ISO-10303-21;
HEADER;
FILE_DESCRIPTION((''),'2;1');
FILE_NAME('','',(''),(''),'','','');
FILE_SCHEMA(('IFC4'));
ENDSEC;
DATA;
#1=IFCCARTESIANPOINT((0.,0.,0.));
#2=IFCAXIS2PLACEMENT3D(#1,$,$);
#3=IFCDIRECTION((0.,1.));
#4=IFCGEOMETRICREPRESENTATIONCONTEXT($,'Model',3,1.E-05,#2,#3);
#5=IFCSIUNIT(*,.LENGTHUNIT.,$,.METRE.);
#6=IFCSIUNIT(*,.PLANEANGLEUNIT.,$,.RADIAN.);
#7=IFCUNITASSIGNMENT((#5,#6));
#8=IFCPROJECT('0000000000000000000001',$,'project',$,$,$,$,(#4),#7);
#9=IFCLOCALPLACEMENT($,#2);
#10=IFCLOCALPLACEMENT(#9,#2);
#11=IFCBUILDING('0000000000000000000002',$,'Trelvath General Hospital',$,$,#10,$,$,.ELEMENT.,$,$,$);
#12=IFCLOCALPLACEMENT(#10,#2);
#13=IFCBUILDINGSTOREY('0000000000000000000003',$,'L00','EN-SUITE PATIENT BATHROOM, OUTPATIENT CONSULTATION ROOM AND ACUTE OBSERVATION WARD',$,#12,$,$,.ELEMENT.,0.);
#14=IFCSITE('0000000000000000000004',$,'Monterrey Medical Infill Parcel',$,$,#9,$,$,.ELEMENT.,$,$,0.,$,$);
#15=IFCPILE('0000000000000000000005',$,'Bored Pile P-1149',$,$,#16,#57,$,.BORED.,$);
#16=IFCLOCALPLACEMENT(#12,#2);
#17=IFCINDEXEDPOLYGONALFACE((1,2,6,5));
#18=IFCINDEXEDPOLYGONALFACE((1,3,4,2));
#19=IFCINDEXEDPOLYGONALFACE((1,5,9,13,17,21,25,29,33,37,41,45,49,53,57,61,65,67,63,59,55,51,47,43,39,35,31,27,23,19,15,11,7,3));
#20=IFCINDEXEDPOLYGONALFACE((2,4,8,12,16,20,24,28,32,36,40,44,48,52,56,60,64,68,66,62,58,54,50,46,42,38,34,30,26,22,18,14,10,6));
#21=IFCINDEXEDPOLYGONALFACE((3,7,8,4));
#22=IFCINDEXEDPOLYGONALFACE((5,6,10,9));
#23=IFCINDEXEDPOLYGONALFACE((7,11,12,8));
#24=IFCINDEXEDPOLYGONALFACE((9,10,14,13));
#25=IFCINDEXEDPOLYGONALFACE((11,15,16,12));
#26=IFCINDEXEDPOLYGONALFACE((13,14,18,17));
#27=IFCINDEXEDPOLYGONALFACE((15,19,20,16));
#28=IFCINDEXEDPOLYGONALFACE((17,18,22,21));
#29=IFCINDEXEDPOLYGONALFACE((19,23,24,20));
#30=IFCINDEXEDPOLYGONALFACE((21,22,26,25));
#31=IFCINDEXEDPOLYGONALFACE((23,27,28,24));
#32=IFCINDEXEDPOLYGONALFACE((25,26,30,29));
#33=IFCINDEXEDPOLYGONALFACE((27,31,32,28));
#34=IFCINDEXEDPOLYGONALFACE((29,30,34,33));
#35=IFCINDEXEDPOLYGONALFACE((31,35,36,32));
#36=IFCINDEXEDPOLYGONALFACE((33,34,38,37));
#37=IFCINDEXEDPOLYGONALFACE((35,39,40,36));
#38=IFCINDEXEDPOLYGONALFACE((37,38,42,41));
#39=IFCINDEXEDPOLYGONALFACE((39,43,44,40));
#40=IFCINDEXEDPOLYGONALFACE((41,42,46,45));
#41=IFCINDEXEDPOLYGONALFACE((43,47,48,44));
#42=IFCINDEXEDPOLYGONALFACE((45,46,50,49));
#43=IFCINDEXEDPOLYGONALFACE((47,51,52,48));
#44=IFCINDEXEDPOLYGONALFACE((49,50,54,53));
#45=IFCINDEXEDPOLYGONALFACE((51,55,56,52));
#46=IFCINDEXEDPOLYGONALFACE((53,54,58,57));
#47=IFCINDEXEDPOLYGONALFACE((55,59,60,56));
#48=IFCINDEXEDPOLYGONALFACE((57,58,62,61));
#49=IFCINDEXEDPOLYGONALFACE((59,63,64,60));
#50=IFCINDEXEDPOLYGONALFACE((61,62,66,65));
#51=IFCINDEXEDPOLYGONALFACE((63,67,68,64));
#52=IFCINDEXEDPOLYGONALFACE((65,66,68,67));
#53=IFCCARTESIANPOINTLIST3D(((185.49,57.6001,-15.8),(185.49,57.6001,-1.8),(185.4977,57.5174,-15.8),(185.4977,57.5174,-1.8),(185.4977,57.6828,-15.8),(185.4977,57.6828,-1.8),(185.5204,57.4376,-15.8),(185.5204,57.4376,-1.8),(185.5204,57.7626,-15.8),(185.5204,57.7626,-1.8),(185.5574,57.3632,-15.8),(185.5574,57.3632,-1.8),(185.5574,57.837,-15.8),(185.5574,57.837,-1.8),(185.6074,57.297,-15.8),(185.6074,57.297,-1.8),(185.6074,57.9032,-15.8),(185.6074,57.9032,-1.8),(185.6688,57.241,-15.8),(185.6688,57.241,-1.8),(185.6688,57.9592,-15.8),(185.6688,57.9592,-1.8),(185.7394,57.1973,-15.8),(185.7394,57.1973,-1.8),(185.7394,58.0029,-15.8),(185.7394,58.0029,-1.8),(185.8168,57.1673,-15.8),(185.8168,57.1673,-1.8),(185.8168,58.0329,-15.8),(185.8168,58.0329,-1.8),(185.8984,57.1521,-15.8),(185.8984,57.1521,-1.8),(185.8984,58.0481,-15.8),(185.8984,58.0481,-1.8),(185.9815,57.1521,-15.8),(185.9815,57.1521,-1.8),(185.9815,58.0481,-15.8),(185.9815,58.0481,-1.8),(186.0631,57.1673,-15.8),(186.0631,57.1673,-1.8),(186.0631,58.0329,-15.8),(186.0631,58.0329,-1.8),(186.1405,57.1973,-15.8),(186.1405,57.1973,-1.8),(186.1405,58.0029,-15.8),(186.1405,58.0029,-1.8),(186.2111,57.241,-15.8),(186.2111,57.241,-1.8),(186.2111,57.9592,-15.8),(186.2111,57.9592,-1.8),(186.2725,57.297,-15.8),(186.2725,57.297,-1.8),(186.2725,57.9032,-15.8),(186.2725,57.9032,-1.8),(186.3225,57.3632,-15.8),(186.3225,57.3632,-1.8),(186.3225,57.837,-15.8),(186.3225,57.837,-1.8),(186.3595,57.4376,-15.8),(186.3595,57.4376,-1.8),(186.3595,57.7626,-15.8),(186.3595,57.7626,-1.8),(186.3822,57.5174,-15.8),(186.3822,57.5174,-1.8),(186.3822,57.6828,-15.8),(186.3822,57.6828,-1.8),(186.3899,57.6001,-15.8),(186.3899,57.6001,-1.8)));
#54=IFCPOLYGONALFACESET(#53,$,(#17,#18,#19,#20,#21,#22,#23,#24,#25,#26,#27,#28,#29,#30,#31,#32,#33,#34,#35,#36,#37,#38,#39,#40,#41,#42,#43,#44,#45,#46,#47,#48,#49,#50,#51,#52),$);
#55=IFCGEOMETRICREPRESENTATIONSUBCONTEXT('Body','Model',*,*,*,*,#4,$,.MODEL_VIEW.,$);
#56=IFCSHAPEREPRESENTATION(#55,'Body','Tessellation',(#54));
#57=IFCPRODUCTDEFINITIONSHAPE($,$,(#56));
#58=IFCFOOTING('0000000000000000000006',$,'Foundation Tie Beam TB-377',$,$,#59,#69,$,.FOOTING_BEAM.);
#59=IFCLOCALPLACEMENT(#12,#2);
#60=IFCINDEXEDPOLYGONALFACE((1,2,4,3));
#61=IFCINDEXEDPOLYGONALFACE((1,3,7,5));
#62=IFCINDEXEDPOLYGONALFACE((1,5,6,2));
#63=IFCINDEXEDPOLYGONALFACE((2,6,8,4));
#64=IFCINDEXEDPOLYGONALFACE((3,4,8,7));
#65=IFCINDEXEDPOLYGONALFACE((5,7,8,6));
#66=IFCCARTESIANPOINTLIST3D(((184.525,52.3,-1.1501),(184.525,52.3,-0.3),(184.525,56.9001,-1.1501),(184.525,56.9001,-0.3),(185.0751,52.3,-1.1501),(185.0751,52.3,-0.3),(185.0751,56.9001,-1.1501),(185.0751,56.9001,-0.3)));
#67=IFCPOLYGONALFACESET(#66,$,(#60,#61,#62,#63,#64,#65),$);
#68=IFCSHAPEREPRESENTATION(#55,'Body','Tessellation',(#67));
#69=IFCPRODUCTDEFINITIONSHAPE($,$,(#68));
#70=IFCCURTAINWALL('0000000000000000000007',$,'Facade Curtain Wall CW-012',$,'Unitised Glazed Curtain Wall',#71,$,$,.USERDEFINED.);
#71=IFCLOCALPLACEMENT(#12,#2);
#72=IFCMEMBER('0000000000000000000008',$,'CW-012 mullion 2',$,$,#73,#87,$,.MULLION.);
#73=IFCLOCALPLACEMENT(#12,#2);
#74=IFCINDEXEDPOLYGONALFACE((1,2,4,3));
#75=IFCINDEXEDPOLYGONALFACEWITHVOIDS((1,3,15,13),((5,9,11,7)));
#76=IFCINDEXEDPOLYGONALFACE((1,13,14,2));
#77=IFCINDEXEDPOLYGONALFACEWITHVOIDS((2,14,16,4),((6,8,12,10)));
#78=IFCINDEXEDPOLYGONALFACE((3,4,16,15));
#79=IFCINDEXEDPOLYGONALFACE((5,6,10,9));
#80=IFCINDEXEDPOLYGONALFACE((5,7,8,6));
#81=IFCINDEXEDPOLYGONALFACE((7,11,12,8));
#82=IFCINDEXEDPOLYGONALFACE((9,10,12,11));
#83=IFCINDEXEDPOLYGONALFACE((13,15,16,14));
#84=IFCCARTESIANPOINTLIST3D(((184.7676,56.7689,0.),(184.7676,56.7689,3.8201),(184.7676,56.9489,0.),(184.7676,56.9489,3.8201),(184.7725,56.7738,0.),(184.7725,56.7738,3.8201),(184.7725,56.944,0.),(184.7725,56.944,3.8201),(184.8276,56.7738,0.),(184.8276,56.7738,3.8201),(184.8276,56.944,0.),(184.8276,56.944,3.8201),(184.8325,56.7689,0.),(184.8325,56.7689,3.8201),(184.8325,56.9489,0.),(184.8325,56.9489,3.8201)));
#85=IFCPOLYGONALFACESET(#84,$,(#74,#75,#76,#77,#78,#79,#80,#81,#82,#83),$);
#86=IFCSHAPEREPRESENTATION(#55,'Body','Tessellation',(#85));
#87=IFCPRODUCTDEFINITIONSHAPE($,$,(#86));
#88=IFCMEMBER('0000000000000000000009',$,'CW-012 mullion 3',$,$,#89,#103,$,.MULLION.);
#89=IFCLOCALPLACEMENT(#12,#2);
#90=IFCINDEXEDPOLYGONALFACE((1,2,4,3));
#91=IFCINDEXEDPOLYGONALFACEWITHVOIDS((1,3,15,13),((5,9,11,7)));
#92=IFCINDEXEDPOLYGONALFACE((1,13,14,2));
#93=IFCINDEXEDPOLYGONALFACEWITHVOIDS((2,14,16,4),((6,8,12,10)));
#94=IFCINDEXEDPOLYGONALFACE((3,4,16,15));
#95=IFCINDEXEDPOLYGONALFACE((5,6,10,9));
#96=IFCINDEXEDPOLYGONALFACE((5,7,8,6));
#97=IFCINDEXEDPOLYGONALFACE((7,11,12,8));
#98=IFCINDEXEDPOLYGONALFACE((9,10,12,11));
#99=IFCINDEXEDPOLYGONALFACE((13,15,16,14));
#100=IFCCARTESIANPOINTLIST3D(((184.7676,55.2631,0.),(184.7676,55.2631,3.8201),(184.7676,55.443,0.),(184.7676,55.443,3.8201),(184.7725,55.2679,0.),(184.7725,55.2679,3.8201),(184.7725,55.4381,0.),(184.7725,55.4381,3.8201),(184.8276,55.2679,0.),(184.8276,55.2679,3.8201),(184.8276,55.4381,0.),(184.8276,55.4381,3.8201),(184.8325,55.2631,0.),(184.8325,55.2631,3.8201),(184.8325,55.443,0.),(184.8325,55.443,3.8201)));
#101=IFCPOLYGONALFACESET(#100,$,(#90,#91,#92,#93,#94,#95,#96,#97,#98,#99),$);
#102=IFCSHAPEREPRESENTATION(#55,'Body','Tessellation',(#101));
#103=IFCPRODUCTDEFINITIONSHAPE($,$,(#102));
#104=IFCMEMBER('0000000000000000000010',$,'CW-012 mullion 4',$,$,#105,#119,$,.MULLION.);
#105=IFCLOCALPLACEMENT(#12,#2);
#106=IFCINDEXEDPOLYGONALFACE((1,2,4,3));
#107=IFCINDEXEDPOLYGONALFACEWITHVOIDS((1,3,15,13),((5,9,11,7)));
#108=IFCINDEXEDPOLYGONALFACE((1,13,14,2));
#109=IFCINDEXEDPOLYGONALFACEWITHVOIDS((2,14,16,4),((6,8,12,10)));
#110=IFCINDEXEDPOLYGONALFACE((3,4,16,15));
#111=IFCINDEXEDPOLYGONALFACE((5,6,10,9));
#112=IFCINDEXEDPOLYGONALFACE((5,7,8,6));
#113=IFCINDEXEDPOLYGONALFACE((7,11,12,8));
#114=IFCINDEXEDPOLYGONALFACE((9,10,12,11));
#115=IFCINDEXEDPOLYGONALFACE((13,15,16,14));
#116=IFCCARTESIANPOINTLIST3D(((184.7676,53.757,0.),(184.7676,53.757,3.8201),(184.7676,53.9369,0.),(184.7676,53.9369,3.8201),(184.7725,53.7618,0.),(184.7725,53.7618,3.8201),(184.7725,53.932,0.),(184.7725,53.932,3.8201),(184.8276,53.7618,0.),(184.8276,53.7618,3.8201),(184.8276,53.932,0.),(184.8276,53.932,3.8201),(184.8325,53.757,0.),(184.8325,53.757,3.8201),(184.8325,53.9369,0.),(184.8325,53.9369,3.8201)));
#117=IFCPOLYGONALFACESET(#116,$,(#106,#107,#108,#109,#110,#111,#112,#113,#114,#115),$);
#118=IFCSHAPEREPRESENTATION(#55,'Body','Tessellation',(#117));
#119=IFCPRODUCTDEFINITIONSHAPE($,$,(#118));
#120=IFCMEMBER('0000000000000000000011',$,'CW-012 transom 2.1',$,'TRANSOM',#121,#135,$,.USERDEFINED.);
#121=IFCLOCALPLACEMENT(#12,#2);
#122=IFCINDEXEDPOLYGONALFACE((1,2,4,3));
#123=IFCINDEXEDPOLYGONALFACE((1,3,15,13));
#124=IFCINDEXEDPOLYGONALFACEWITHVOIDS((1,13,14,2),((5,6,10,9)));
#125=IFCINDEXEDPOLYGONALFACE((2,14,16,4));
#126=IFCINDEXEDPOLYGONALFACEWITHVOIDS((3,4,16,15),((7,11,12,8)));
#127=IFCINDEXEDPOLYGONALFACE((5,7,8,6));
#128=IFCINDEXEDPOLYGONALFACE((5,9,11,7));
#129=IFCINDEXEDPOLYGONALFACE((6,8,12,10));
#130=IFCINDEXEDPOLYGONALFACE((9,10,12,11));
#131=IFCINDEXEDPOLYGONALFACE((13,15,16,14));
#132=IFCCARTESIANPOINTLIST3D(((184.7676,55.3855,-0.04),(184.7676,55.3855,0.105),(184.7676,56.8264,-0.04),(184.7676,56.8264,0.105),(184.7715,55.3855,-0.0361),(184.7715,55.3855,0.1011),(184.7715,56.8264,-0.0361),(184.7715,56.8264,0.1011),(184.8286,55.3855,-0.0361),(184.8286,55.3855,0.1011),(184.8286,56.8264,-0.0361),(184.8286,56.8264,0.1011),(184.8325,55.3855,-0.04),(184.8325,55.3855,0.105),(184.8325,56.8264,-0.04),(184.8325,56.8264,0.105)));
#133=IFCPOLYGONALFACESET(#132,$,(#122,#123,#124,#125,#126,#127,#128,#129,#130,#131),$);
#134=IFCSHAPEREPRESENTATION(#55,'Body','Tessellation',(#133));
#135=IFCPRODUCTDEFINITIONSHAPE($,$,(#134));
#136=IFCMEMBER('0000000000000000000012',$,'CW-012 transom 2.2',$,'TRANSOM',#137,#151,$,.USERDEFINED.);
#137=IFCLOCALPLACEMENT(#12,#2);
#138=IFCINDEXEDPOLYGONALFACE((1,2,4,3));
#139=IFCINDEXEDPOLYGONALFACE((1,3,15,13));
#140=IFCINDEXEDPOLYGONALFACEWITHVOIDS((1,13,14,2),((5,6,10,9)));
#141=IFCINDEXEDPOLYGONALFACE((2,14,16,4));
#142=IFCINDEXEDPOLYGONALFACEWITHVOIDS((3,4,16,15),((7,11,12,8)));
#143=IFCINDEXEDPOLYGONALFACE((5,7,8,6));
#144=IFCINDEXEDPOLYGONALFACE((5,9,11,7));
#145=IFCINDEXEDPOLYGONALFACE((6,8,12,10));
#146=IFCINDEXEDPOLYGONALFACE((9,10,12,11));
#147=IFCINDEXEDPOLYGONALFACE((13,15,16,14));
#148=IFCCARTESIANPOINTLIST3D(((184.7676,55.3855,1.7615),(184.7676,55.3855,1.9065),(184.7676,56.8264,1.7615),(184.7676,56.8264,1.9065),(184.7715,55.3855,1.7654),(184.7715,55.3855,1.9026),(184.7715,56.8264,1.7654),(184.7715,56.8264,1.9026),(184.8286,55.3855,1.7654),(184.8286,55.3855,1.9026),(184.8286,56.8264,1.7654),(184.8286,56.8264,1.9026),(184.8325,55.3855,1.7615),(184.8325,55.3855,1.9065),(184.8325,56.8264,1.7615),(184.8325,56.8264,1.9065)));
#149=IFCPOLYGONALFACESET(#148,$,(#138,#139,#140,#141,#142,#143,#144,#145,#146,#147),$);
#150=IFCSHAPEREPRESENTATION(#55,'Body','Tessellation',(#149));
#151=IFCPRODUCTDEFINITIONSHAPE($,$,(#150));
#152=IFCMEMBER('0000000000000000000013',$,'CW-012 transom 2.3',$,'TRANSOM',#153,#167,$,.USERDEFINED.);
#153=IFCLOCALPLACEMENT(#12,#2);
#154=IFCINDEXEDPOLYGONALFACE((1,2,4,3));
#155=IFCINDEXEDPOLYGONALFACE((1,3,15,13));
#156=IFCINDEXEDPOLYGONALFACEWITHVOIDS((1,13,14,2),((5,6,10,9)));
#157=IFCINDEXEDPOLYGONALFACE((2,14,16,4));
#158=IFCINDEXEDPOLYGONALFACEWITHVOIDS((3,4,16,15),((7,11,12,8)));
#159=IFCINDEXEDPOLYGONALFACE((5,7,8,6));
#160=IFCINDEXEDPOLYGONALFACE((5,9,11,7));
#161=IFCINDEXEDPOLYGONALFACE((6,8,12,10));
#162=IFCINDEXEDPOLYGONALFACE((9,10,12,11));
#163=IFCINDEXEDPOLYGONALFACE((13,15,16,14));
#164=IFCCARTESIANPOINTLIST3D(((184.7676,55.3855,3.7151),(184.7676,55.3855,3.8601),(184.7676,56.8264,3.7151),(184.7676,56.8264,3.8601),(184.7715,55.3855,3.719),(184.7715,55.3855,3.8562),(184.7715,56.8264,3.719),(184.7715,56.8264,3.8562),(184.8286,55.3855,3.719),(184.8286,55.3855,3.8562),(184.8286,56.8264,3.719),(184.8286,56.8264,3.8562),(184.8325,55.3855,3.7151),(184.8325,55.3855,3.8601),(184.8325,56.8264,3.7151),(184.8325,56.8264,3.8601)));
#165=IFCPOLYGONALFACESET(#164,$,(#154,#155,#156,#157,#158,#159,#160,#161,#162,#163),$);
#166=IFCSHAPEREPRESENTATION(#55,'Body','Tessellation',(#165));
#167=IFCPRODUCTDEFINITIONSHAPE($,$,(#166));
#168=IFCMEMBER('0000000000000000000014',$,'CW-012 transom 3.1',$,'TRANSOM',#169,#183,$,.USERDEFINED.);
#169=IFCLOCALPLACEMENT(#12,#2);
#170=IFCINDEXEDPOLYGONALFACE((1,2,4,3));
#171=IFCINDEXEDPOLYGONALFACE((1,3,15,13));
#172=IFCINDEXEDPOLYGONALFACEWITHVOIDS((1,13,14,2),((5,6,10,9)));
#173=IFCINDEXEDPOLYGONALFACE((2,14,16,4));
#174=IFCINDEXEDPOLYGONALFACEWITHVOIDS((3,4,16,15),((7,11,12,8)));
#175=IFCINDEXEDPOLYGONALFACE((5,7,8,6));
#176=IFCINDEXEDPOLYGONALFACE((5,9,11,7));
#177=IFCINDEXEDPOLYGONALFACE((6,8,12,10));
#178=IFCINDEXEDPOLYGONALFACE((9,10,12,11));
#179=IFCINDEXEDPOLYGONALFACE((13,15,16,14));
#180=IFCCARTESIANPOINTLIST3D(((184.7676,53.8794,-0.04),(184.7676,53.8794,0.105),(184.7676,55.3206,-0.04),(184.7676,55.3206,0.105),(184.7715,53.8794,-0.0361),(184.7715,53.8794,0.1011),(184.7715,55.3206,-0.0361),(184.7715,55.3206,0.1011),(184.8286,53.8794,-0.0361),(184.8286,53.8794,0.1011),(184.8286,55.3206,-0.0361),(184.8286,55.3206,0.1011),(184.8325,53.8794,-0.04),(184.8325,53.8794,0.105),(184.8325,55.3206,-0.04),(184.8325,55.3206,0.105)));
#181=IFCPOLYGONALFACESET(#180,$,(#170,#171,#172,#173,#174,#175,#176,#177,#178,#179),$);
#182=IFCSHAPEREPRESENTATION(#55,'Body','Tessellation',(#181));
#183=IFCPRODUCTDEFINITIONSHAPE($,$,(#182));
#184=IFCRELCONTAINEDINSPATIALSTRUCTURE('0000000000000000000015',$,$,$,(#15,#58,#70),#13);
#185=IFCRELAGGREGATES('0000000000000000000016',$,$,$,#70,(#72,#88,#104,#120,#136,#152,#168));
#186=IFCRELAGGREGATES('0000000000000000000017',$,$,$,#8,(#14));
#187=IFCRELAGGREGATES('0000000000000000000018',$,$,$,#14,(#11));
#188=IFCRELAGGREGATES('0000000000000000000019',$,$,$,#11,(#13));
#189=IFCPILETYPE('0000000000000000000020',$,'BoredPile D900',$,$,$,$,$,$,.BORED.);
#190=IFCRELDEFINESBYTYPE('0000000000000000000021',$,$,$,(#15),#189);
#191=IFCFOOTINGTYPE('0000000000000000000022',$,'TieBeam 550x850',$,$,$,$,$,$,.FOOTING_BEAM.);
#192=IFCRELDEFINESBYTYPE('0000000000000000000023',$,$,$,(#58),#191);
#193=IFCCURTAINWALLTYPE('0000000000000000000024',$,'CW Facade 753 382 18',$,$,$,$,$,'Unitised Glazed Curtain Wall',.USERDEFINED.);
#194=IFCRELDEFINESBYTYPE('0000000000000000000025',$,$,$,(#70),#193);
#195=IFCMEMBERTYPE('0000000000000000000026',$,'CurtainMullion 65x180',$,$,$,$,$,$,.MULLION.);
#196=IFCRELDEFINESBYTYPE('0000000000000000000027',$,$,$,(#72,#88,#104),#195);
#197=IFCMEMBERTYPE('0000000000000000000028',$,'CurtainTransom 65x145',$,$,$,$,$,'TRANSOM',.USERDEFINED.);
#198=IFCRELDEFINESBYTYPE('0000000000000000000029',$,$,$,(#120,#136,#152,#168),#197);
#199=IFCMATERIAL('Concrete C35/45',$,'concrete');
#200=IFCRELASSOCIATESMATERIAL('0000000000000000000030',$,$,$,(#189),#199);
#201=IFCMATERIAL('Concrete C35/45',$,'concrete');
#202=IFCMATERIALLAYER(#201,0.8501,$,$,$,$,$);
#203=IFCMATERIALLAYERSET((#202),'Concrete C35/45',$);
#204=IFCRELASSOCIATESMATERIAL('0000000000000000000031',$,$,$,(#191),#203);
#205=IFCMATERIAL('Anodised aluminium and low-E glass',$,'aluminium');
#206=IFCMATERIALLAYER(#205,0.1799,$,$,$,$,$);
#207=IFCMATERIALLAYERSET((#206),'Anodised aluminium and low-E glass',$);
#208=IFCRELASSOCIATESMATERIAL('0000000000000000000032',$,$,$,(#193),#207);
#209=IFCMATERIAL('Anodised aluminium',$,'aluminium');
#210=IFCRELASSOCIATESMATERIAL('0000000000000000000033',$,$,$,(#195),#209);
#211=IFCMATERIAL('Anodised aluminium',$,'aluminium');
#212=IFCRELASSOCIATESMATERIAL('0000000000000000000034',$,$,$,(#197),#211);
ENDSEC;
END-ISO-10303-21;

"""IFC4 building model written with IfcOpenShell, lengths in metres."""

from ifc_helpers import new_model, si_unit, direction, frame, origin, origin_2d, place, context, subcontext, project, spatial, rectangle, hollow_rectangle, circle, extrude, material, layer, layer_set, material_profile, profile_set, type_object, element, aggregate, save


model = new_model("IFC4")

# Units and contexts
model_context = context("Model", 3, precision=1e-05, world=origin(), true_north=direction((0.0, 1.0)))
body_context = subcontext(model_context, "Body", "Model", "MODEL_VIEW")
ifc_project = project(units=[si_unit("LENGTHUNIT", "METRE"), si_unit("PLANEANGLEUNIT", "RADIAN")], contexts=[model_context])

# Site, building, storey
site_placement = place(None, origin())
site = spatial("IfcSite", under=ifc_project, at=site_placement, Name="Monterrey Medical Infill Parcel", CompositionType="ELEMENT", RefElevation=0.0)
building_placement = place(site_placement, origin())
building = spatial("IfcBuilding", under=site, at=building_placement, Name="Trelvath General Hospital", CompositionType="ELEMENT")
storey_placement = place(building_placement, origin())
storey = spatial("IfcBuildingStorey", under=building, at=storey_placement, Name="L00", Description="EN-SUITE PATIENT BATHROOM, OUTPATIENT CONSULTATION ROOM AND ACUTE OBSERVATION WARD", CompositionType="ELEMENT", Elevation=0.0)

# Pile
ifc_material_1 = material(Name="Concrete C35/45", Category="concrete")
ifc_material_profile_1 = material_profile(ifc_material_1, circle(Radius=0.45, at=origin_2d()), Name="PILE900")
ifc_profile_set_1 = profile_set([ifc_material_profile_1], Name="Concrete C35/45")
pile_type = type_object("IfcPileType", Name="BoredPile D900", PredefinedType="BORED", material=ifc_profile_set_1)
pile_placement = place(storey_placement, frame((185.9399, 57.6001, -1.8), z_axis=(0.0, 0.0, -1.0), x_axis=(1.0, 0.0, 0.0)))
element("IfcPile", 1, at=pile_placement, inside=storey, type_object=pile_type, Name="Bored Pile P-1149", PredefinedType="BORED", context=body_context, shape_type="SweptSolid", body=[
    extrude(circle(Radius=0.45, at=origin_2d()), origin(), (0.0, 0.0, 1.0), 14.0),
])

# Footing
ifc_material_2 = material(Name="Concrete C35/45", Category="concrete")
ifc_layer_1 = layer(ifc_material_2, 0.8501)
ifc_layer_set_1 = layer_set([ifc_layer_1], Name="Concrete C35/45")
footing_type = type_object("IfcFootingType", Name="TieBeam 550x850", PredefinedType="FOOTING_BEAM", material=ifc_layer_set_1)
footing_placement = place(storey_placement, frame((184.8, 54.6001, -1.1501), z_axis=(0.0, 0.0, 1.0), x_axis=(1.0, 0.0, 0.0)))
element("IfcFooting", 2, at=footing_placement, inside=storey, type_object=footing_type, Name="Foundation Tie Beam TB-377", PredefinedType="FOOTING_BEAM", context=body_context, shape_type="SweptSolid", body=[
    extrude(rectangle(XDim=0.55, YDim=4.6001, at=origin_2d()), origin(), (0.0, 0.0, 1.0), 0.8501),
])

# Curtain wall, members
ifc_material_3 = material(Name="Anodised aluminium and low-E glass", Category="aluminium")
ifc_layer_2 = layer(ifc_material_3, 0.1799)
ifc_layer_set_2 = layer_set([ifc_layer_2], Name="Anodised aluminium and low-E glass")
curtain_wall_type = type_object("IfcCurtainWallType", Name="CW Facade 753 382 18", ElementType="Unitised Glazed Curtain Wall", PredefinedType="USERDEFINED", material=ifc_layer_set_2)
curtain_wall_placement = place(storey_placement, origin())
curtain_wall = element("IfcCurtainWall", 3, at=curtain_wall_placement, inside=storey, type_object=curtain_wall_type, Name="Facade Curtain Wall CW-012", ObjectType="Unitised Glazed Curtain Wall", PredefinedType="USERDEFINED")
ifc_material_4 = material(Name="Anodised aluminium", Category="aluminium")
ifc_material_profile_2 = material_profile(ifc_material_4, hollow_rectangle(XDim=0.0649, YDim=0.1799, WallThickness=0.0049, at=origin_2d()), Name="RHS65x180x5")
ifc_profile_set_2 = profile_set([ifc_material_profile_2], Name="Anodised aluminium")
member_type_1 = type_object("IfcMemberType", Name="CurtainMullion 65x180", PredefinedType="MULLION", material=ifc_profile_set_2)
member_1_placement = place(storey_placement, frame((184.8, 56.8589, 0.0), z_axis=(0.0, 0.0, 1.0), x_axis=(1.0, 0.0, 0.0)))
member_1 = element("IfcMember", 4, at=member_1_placement, type_object=member_type_1, Name="CW-012 mullion 2", PredefinedType="MULLION", context=body_context, shape_type="SweptSolid", body=[
    extrude(hollow_rectangle(XDim=0.0649, YDim=0.1799, WallThickness=0.0049, at=origin_2d()), origin(), (0.0, 0.0, 1.0), 3.8201),
])
member_2_placement = place(storey_placement, frame((184.8, 55.353, 0.0), z_axis=(0.0, 0.0, 1.0), x_axis=(1.0, 0.0, 0.0)))
member_2 = element("IfcMember", 5, at=member_2_placement, type_object=member_type_1, Name="CW-012 mullion 3", PredefinedType="MULLION", context=body_context, shape_type="SweptSolid", body=[
    extrude(hollow_rectangle(XDim=0.0649, YDim=0.1799, WallThickness=0.0049, at=origin_2d()), origin(), (0.0, 0.0, 1.0), 3.8201),
])
member_3_placement = place(storey_placement, frame((184.8, 53.8469, 0.0), z_axis=(0.0, 0.0, 1.0), x_axis=(1.0, 0.0, 0.0)))
member_3 = element("IfcMember", 6, at=member_3_placement, type_object=member_type_1, Name="CW-012 mullion 4", PredefinedType="MULLION", context=body_context, shape_type="SweptSolid", body=[
    extrude(hollow_rectangle(XDim=0.0649, YDim=0.1799, WallThickness=0.0049, at=origin_2d()), origin(), (0.0, 0.0, 1.0), 3.8201),
])
ifc_material_5 = material(Name="Anodised aluminium", Category="aluminium")
ifc_material_profile_3 = material_profile(ifc_material_5, hollow_rectangle(XDim=0.0649, YDim=0.145, WallThickness=0.0039, at=origin_2d()), Name="RHS65x145x4")
ifc_profile_set_3 = profile_set([ifc_material_profile_3], Name="Anodised aluminium")
member_type_2 = type_object("IfcMemberType", Name="CurtainTransom 65x145", ElementType="TRANSOM", PredefinedType="USERDEFINED", material=ifc_profile_set_3)
member_4_placement = place(storey_placement, frame((184.8, 56.8264, 0.0325), z_axis=(0.0, -1.0, 0.0), x_axis=(1.0, 0.0, 0.0)))
member_4 = element("IfcMember", 7, at=member_4_placement, type_object=member_type_2, Name="CW-012 transom 2.1", ObjectType="TRANSOM", PredefinedType="USERDEFINED", context=body_context, shape_type="SweptSolid", body=[
    extrude(hollow_rectangle(XDim=0.0649, YDim=0.145, WallThickness=0.0039, at=origin_2d()), origin(), (0.0, 0.0, 1.0), 1.4409),
])
member_5_placement = place(storey_placement, frame((184.8, 56.8264, 1.834), z_axis=(0.0, -1.0, 0.0), x_axis=(1.0, 0.0, 0.0)))
member_5 = element("IfcMember", 8, at=member_5_placement, type_object=member_type_2, Name="CW-012 transom 2.2", ObjectType="TRANSOM", PredefinedType="USERDEFINED", context=body_context, shape_type="SweptSolid", body=[
    extrude(hollow_rectangle(XDim=0.0649, YDim=0.145, WallThickness=0.0039, at=origin_2d()), origin(), (0.0, 0.0, 1.0), 1.4409),
])
member_6_placement = place(storey_placement, frame((184.8, 56.8264, 3.7876), z_axis=(0.0, -1.0, 0.0), x_axis=(1.0, 0.0, 0.0)))
member_6 = element("IfcMember", 9, at=member_6_placement, type_object=member_type_2, Name="CW-012 transom 2.3", ObjectType="TRANSOM", PredefinedType="USERDEFINED", context=body_context, shape_type="SweptSolid", body=[
    extrude(hollow_rectangle(XDim=0.0649, YDim=0.145, WallThickness=0.0039, at=origin_2d()), origin(), (0.0, 0.0, 1.0), 1.4409),
])
member_7_placement = place(storey_placement, frame((184.8, 55.3206, 0.0325), z_axis=(0.0, -1.0, 0.0), x_axis=(1.0, 0.0, 0.0)))
member_7 = element("IfcMember", 10, at=member_7_placement, type_object=member_type_2, Name="CW-012 transom 3.1", ObjectType="TRANSOM", PredefinedType="USERDEFINED", context=body_context, shape_type="SweptSolid", body=[
    extrude(hollow_rectangle(XDim=0.0649, YDim=0.145, WallThickness=0.0039, at=origin_2d()), origin(), (0.0, 0.0, 1.0), 1.4412),
])
aggregate(curtain_wall, [member_1, member_2, member_3, member_4, member_5, member_6, member_7])

save(model, "model.ifc")
